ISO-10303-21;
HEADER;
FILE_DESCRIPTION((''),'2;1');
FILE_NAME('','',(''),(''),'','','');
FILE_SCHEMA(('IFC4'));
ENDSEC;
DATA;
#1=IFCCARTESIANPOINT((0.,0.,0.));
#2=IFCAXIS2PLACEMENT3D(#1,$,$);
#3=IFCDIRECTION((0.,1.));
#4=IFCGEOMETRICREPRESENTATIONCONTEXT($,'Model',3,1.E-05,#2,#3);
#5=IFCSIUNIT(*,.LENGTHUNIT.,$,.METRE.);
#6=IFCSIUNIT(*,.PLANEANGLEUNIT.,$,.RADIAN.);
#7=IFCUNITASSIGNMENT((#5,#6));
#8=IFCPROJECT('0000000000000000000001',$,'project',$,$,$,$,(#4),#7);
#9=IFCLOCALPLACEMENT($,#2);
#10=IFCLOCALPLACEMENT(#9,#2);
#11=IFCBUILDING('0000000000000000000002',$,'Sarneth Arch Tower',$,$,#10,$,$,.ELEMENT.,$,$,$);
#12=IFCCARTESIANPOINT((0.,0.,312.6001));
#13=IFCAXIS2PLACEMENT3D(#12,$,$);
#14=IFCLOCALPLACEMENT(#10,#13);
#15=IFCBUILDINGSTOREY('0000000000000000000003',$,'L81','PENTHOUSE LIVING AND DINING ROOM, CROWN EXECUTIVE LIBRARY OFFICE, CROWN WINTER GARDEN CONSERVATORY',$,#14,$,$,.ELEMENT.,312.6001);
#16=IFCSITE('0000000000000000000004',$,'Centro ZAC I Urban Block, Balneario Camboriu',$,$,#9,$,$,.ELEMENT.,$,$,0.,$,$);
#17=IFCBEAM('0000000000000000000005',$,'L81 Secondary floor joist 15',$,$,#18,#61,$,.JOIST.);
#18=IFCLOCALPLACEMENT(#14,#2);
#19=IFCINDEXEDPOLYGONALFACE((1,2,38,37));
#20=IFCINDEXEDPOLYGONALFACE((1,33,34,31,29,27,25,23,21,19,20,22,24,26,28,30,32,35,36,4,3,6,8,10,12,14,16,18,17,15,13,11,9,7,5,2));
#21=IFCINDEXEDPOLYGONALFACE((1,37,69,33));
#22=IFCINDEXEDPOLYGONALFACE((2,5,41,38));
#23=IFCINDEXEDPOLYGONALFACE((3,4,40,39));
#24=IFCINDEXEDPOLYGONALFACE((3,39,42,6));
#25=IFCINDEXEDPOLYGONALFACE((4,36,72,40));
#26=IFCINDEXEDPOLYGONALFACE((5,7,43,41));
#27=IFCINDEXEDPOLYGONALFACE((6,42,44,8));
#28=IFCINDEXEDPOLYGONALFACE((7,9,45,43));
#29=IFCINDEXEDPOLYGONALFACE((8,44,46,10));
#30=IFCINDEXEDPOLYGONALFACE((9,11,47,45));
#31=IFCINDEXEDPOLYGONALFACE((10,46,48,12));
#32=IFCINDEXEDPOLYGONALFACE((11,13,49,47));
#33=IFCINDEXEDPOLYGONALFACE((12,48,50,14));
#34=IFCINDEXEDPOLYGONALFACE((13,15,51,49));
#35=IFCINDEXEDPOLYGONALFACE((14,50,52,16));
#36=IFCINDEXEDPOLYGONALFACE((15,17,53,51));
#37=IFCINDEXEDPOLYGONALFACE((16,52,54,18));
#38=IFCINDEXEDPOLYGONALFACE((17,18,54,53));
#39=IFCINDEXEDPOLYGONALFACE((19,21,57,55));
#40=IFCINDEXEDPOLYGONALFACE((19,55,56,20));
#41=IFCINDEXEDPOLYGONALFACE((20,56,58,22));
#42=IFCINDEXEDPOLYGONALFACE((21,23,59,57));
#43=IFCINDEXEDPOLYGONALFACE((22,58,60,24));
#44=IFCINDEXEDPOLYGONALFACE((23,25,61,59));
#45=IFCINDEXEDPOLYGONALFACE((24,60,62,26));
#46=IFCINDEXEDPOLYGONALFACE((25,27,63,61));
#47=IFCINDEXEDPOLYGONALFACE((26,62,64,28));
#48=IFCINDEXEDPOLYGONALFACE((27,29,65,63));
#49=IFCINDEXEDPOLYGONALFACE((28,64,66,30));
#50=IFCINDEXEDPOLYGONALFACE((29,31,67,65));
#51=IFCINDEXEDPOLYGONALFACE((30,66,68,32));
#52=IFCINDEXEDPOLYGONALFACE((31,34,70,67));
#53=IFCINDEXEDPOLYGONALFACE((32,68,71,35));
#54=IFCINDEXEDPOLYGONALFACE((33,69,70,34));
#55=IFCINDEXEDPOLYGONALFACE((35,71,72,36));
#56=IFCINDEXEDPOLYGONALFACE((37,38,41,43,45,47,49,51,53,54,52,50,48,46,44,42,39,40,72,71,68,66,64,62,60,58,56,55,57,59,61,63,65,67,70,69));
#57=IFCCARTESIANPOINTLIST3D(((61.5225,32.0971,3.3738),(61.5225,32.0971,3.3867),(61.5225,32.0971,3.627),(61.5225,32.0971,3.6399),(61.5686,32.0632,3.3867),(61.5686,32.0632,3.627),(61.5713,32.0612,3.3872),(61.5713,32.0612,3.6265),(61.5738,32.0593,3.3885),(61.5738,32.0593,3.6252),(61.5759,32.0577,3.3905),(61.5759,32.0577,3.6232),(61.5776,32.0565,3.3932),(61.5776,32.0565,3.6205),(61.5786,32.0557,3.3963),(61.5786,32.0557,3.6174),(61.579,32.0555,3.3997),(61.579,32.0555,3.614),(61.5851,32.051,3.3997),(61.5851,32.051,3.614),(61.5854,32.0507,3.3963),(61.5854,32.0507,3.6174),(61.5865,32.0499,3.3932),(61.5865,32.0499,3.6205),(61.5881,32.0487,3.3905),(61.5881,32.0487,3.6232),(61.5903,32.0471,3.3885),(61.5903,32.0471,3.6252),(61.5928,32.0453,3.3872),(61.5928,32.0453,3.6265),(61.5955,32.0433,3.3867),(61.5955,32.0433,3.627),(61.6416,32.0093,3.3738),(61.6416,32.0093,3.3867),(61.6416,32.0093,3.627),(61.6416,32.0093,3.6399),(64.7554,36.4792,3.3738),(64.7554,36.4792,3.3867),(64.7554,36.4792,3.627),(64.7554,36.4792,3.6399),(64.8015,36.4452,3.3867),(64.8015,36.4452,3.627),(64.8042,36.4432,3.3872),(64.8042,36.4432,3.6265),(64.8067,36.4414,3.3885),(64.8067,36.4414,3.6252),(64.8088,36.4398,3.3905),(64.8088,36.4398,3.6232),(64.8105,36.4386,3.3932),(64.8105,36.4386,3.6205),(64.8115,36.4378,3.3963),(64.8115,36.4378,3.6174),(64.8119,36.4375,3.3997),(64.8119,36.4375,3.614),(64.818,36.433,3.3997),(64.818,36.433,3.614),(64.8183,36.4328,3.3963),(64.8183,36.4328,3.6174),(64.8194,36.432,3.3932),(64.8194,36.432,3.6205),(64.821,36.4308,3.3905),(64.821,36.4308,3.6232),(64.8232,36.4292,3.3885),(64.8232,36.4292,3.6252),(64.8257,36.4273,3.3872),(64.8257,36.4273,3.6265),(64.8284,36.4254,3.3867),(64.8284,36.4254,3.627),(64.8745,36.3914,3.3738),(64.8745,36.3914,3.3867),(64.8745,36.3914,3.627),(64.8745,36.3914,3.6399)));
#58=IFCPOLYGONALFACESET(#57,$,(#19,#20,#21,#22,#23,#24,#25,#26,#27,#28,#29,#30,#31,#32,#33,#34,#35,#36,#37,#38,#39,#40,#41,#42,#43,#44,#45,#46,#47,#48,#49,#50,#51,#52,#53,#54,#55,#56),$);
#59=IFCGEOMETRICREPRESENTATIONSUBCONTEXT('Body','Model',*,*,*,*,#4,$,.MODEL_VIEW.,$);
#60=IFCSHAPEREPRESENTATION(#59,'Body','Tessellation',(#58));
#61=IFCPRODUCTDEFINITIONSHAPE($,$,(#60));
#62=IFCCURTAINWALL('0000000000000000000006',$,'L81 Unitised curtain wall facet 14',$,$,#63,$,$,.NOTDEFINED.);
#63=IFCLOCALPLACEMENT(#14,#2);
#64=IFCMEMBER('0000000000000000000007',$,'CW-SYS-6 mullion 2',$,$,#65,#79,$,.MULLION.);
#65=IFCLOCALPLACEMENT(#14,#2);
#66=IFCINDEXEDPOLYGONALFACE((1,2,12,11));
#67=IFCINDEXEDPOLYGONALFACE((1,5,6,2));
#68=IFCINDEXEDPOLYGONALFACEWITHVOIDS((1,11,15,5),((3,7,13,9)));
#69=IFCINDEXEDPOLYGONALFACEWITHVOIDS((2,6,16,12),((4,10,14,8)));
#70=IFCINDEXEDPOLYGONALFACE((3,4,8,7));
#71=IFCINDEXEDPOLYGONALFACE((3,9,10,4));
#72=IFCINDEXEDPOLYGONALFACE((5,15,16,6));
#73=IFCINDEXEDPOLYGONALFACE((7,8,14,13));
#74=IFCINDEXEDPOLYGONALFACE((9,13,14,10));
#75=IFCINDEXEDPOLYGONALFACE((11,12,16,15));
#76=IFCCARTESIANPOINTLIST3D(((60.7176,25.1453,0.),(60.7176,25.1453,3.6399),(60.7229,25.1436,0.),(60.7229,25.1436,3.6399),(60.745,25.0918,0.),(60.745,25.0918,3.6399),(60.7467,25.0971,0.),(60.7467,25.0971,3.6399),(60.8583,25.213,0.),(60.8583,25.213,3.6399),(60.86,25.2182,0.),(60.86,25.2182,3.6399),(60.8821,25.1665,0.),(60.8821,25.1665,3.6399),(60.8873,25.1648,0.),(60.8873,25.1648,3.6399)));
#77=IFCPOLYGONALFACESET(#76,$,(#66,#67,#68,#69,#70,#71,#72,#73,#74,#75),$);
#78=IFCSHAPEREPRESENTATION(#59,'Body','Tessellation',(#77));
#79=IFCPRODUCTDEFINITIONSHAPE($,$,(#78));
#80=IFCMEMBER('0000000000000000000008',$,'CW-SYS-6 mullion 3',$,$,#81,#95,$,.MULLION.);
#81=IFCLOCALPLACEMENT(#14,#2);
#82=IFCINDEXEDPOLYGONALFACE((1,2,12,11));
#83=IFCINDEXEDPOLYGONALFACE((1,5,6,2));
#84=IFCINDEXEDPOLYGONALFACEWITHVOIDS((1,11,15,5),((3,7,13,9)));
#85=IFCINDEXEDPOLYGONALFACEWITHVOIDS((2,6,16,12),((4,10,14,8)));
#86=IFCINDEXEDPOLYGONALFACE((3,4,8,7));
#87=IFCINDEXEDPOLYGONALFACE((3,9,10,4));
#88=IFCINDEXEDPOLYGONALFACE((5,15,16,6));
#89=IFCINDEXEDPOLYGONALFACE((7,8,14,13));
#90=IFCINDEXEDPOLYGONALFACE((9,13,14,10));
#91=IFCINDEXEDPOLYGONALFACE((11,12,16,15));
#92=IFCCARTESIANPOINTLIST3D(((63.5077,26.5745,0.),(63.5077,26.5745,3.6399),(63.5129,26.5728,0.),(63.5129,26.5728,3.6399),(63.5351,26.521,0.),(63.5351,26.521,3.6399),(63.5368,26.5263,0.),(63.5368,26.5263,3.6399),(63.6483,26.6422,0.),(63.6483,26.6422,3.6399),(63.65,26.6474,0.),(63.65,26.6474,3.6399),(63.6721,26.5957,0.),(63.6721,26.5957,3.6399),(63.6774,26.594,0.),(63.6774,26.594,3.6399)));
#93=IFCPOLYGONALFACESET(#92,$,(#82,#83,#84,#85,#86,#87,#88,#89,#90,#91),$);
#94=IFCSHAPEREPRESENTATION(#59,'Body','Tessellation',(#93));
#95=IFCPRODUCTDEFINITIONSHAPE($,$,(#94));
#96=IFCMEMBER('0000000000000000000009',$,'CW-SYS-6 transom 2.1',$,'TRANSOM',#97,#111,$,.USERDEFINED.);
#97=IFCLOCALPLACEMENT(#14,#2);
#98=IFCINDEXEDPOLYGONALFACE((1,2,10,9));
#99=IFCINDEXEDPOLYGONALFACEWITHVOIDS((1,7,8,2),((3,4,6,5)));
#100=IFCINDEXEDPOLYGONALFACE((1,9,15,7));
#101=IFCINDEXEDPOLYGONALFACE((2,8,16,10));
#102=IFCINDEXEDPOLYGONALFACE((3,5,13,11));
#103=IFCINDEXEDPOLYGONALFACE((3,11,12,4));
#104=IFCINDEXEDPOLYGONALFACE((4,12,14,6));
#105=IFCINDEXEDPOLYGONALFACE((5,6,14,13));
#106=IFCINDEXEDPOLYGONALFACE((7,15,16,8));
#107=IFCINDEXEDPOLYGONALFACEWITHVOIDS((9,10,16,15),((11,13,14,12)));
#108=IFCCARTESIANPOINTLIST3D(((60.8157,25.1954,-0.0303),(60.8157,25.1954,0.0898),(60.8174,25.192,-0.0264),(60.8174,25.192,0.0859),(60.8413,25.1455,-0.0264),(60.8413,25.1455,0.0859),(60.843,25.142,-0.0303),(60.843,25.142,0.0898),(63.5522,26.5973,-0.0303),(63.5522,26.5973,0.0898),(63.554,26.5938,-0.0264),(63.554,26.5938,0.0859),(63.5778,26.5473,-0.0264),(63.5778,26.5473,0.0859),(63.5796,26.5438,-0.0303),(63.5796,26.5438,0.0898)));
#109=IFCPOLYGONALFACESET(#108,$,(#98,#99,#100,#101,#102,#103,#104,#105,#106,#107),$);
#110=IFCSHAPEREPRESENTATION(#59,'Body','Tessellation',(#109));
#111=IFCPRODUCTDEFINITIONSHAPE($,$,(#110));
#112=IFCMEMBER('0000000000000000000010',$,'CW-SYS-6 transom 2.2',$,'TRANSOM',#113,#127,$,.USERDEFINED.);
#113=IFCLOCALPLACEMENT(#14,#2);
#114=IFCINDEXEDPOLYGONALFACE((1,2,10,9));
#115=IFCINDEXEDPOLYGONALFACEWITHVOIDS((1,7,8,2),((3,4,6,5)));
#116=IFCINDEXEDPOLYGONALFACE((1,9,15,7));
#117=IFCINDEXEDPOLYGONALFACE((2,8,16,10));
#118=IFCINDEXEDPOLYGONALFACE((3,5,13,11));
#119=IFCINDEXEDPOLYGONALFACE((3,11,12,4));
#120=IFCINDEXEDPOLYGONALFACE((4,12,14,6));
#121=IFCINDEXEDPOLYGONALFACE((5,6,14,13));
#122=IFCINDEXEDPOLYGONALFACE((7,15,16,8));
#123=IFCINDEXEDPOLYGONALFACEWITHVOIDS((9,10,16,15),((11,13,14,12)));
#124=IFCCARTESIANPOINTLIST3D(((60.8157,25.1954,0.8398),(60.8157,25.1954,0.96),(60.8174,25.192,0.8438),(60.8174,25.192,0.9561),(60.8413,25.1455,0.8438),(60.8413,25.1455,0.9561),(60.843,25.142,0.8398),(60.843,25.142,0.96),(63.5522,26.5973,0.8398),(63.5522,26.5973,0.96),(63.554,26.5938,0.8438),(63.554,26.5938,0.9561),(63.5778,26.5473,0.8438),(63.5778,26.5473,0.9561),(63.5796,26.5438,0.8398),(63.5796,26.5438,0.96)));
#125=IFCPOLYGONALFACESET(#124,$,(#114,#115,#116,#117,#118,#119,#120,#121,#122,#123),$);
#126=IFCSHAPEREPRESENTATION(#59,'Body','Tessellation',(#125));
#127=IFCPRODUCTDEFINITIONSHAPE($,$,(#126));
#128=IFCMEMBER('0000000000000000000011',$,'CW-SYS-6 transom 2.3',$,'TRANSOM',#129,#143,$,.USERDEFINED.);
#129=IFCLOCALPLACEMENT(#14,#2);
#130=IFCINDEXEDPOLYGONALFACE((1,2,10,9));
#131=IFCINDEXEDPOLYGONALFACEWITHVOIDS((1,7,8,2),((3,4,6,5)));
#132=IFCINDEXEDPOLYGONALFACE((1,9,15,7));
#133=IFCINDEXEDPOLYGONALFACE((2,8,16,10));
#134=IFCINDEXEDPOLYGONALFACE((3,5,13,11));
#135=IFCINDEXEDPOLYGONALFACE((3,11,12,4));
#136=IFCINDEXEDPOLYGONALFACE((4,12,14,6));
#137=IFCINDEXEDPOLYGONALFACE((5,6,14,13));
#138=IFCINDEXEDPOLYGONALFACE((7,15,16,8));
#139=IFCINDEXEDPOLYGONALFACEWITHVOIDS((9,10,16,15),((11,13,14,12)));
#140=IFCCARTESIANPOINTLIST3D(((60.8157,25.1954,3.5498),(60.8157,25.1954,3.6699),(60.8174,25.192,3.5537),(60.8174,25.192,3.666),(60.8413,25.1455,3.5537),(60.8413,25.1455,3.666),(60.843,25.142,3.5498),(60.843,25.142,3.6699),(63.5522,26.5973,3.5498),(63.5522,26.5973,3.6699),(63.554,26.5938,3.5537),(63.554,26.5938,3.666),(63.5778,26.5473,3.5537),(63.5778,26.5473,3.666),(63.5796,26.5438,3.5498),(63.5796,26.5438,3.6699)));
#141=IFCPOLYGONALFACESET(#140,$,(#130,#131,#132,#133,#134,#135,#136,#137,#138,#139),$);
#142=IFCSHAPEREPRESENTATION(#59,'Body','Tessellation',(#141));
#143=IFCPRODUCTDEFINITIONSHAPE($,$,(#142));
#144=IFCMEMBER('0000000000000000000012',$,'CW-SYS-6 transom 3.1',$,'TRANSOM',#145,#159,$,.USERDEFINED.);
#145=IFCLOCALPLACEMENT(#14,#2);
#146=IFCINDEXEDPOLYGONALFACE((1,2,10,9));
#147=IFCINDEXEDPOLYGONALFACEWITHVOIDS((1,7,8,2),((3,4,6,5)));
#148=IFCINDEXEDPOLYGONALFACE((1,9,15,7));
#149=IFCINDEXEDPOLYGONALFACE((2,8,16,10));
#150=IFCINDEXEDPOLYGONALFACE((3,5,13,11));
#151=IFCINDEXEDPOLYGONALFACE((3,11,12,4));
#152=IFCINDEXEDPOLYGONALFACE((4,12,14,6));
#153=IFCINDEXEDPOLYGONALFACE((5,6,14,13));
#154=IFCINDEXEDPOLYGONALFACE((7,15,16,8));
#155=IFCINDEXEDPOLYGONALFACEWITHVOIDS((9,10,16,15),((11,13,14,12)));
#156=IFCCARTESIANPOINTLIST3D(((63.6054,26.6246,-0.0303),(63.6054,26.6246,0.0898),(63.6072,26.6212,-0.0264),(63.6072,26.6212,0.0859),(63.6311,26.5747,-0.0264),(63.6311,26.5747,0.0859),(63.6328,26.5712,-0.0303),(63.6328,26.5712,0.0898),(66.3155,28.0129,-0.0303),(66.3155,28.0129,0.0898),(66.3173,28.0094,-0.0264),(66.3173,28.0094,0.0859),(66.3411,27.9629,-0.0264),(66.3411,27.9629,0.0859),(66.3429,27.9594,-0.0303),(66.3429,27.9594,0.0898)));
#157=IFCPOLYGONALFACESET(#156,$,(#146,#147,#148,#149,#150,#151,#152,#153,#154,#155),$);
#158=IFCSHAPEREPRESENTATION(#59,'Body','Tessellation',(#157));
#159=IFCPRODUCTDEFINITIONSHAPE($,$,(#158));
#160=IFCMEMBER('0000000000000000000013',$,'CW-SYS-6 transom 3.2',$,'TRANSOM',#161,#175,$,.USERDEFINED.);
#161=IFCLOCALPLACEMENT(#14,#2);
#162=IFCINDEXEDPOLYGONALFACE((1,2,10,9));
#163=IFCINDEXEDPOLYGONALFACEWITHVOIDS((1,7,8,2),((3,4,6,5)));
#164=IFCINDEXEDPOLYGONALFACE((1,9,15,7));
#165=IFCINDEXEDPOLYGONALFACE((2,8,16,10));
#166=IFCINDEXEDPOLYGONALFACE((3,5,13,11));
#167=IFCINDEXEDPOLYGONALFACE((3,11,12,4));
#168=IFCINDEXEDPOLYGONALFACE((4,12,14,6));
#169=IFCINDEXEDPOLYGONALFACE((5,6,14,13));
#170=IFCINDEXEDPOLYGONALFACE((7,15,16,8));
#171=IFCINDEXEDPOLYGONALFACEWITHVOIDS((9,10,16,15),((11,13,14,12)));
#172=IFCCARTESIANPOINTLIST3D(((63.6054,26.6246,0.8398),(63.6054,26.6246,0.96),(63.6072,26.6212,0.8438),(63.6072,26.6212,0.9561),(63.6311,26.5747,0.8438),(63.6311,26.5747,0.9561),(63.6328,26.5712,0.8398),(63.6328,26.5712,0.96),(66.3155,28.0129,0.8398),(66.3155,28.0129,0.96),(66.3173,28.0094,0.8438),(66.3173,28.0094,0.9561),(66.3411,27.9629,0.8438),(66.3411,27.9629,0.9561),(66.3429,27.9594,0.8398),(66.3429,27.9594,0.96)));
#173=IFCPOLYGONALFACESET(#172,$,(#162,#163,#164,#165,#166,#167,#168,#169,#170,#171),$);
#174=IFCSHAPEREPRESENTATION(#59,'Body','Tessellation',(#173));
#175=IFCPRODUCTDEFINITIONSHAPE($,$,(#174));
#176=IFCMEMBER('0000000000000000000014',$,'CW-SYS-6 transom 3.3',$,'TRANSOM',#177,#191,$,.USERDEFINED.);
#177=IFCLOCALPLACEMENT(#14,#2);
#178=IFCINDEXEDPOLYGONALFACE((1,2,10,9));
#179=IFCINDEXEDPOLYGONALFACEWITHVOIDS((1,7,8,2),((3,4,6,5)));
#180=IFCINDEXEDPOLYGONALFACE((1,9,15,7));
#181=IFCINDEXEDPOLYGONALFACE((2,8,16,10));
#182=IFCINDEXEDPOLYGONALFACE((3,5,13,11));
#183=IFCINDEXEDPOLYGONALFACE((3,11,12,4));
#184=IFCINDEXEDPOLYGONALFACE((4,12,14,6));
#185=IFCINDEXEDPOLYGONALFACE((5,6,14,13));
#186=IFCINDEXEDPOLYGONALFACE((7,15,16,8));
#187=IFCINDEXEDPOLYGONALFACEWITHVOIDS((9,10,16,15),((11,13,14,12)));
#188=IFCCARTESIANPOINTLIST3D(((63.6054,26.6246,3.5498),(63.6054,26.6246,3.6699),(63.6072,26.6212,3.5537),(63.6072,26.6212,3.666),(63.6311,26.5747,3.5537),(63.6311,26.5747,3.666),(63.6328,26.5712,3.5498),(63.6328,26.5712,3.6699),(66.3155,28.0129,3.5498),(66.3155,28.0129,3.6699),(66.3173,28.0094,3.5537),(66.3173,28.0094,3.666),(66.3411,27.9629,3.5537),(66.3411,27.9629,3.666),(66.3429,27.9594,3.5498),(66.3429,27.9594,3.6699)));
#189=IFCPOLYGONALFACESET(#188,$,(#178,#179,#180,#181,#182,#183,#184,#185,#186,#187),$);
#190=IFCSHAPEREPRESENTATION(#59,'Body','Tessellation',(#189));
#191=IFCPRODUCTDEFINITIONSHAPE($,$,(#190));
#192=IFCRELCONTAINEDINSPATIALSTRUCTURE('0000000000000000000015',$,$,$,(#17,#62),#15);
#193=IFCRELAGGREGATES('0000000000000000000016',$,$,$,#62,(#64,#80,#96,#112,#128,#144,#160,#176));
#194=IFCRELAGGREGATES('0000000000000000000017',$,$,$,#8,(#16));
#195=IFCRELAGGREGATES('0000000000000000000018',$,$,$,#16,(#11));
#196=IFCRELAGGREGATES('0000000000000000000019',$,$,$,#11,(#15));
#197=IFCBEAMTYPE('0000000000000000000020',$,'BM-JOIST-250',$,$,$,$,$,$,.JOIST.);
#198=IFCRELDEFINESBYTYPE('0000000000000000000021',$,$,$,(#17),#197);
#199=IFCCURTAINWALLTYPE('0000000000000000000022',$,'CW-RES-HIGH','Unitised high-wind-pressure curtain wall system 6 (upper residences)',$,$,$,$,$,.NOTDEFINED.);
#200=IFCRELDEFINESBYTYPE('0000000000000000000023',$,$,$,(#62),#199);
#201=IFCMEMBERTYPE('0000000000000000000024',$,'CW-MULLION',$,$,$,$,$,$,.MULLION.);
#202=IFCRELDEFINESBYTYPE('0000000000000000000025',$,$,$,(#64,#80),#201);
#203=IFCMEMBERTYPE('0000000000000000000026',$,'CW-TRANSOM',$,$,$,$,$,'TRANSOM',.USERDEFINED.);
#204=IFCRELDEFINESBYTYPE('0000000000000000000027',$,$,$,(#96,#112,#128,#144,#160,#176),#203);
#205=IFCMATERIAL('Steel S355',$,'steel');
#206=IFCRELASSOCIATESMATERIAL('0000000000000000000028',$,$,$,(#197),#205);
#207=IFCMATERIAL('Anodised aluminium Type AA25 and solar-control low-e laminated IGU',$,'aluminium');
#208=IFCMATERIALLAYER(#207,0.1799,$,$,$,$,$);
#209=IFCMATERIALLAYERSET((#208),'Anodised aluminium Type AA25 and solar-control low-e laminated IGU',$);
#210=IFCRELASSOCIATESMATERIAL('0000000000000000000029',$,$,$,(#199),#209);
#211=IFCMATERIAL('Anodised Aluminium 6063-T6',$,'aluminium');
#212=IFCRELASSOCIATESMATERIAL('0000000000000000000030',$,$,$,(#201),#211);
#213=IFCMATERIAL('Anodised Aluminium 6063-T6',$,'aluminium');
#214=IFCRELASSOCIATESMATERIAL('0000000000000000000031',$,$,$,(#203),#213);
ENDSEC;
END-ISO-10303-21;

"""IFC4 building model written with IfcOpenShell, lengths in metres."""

from ifc_helpers import new_model, si_unit, direction, frame, origin, origin_2d, place, context, subcontext, project, spatial, hollow_rectangle, i_section, extrude, material, layer, layer_set, material_profile, profile_set, type_object, element, aggregate, save


model = new_model("IFC4")

# Units and contexts
model_context = context("Model", 3, precision=1e-05, world=origin(), true_north=direction((0.0, 1.0)))
body_context = subcontext(model_context, "Body", "Model", "MODEL_VIEW")
ifc_project = project(units=[si_unit("LENGTHUNIT", "METRE"), si_unit("PLANEANGLEUNIT", "RADIAN")], contexts=[model_context])

# Site, building, storey
site_placement = place(None, origin())
site = spatial("IfcSite", under=ifc_project, at=site_placement, Name="Centro ZAC I Urban Block, Balneario Camboriu", CompositionType="ELEMENT", RefElevation=0.0)
building_placement = place(site_placement, origin())
building = spatial("IfcBuilding", under=site, at=building_placement, Name="Sarneth Arch Tower", CompositionType="ELEMENT")
storey_placement = place(building_placement, frame((0.0, 0.0, 312.6001)))
storey = spatial("IfcBuildingStorey", under=building, at=storey_placement, Name="L81", Description="PENTHOUSE LIVING AND DINING ROOM, CROWN EXECUTIVE LIBRARY OFFICE, CROWN WINTER GARDEN CONSERVATORY", CompositionType="ELEMENT", Elevation=312.6001)

# Beam
ifc_material_1 = material(Name="Steel S355", Category="steel")
ifc_material_profile_1 = material_profile(ifc_material_1, i_section(OverallWidth=0.1479, OverallDepth=0.2661, WebThickness=0.0076, FlangeThickness=0.0129, FilletRadius=0.0129, at=origin_2d()), Name="W250x44.8")
ifc_profile_set_1 = profile_set([ifc_material_profile_1], Name="Steel S355")
beam_type = type_object("IfcBeamType", Name="BM-JOIST-250", PredefinedType="JOIST", material=ifc_profile_set_1)
beam_placement = place(storey_placement, frame((61.582, 32.0532, 3.5068), z_axis=(0.593676, 0.804704, 0.0), x_axis=(-0.804704, 0.593676, 0.0)))
element("IfcBeam", 1, at=beam_placement, inside=storey, type_object=beam_type, Name="L81 Secondary floor joist 15", PredefinedType="JOIST", context=body_context, shape_type="SweptSolid", body=[
    extrude(i_section(OverallWidth=0.1479, OverallDepth=0.2661, WebThickness=0.0076, FlangeThickness=0.0129, FilletRadius=0.0129, at=origin_2d()), origin(), (0.0, 0.0, 1.0), 5.4456),
])

# Curtain wall, members
ifc_material_2 = material(Name="Anodised aluminium Type AA25 and solar-control low-e laminated IGU", Category="aluminium")
ifc_layer_1 = layer(ifc_material_2, 0.1799)
ifc_layer_set_1 = layer_set([ifc_layer_1], Name="Anodised aluminium Type AA25 and solar-control low-e laminated IGU")
curtain_wall_type = type_object("IfcCurtainWallType", Name="CW-RES-HIGH", Description="Unitised high-wind-pressure curtain wall system 6 (upper residences)", PredefinedType="NOTDEFINED", material=ifc_layer_set_1)
curtain_wall_placement = place(storey_placement, origin())
curtain_wall = element("IfcCurtainWall", 2, at=curtain_wall_placement, inside=storey, type_object=curtain_wall_type, Name="L81 Unitised curtain wall facet 14", PredefinedType="NOTDEFINED")
ifc_material_3 = material(Name="Anodised Aluminium 6063-T6", Category="aluminium")
ifc_material_profile_2 = material_profile(ifc_material_3, hollow_rectangle(XDim=0.0601, YDim=0.1599, WallThickness=0.0039, at=origin_2d()), Name="AL-MULL-160x60x4")
ifc_profile_set_2 = profile_set([ifc_material_profile_2], Name="Anodised Aluminium 6063-T6")
member_type_1 = type_object("IfcMemberType", Name="CW-MULLION", PredefinedType="MULLION", material=ifc_profile_set_2)
member_1_placement = place(storey_placement, frame((60.8025, 25.155, 0.0), z_axis=(0.0, 0.0, 1.0), x_axis=(-0.455942, 0.89001, 0.0)))
member_1 = element("IfcMember", 3, at=member_1_placement, type_object=member_type_1, Name="CW-SYS-6 mullion 2", PredefinedType="MULLION", context=body_context, shape_type="SweptSolid", body=[
    extrude(hollow_rectangle(XDim=0.0601, YDim=0.1599, WallThickness=0.0039, at=origin_2d()), origin(), (0.0, 0.0, 1.0), 3.6399),
])
member_2_placement = place(storey_placement, frame((63.5925, 26.5842, 0.0), z_axis=(0.0, 0.0, 1.0), x_axis=(-0.455942, 0.89001, 0.0)))
member_2 = element("IfcMember", 4, at=member_2_placement, type_object=member_type_1, Name="CW-SYS-6 mullion 3", PredefinedType="MULLION", context=body_context, shape_type="SweptSolid", body=[
    extrude(hollow_rectangle(XDim=0.0601, YDim=0.1599, WallThickness=0.0039, at=origin_2d()), origin(), (0.0, 0.0, 1.0), 3.6399),
])
ifc_material_4 = material(Name="Anodised Aluminium 6063-T6", Category="aluminium")
ifc_material_profile_3 = material_profile(ifc_material_4, hollow_rectangle(XDim=0.0601, YDim=0.1201, WallThickness=0.0039, at=origin_2d()), Name="AL-TRAN-120x60x4")
ifc_profile_set_3 = profile_set([ifc_material_profile_3], Name="Anodised Aluminium 6063-T6")
member_type_2 = type_object("IfcMemberType", Name="CW-TRANSOM", ElementType="TRANSOM", PredefinedType="USERDEFINED", material=ifc_profile_set_3)
member_3_placement = place(storey_placement, frame((60.8293, 25.1687, 0.0298), z_axis=(0.890017, 0.455926, 0.0), x_axis=(-0.455926, 0.890017, 0.0)))
member_3 = element("IfcMember", 5, at=member_3_placement, type_object=member_type_2, Name="CW-SYS-6 transom 2.1", ObjectType="TRANSOM", PredefinedType="USERDEFINED", context=body_context, shape_type="SweptSolid", body=[
    extrude(hollow_rectangle(XDim=0.0601, YDim=0.1201, WallThickness=0.0039, at=origin_2d()), origin(), (0.0, 0.0, 1.0), 3.0747),
])
member_4_placement = place(storey_placement, frame((60.8293, 25.1687, 0.8999), z_axis=(0.890017, 0.455926, 0.0), x_axis=(-0.455926, 0.890017, 0.0)))
member_4 = element("IfcMember", 6, at=member_4_placement, type_object=member_type_2, Name="CW-SYS-6 transom 2.2", ObjectType="TRANSOM", PredefinedType="USERDEFINED", context=body_context, shape_type="SweptSolid", body=[
    extrude(hollow_rectangle(XDim=0.0601, YDim=0.1201, WallThickness=0.0039, at=origin_2d()), origin(), (0.0, 0.0, 1.0), 3.0747),
])
member_5_placement = place(storey_placement, frame((60.8293, 25.1687, 3.6099), z_axis=(0.890017, 0.455926, 0.0), x_axis=(-0.455926, 0.890017, 0.0)))
member_5 = element("IfcMember", 7, at=member_5_placement, type_object=member_type_2, Name="CW-SYS-6 transom 2.3", ObjectType="TRANSOM", PredefinedType="USERDEFINED", context=body_context, shape_type="SweptSolid", body=[
    extrude(hollow_rectangle(XDim=0.0601, YDim=0.1201, WallThickness=0.0039, at=origin_2d()), origin(), (0.0, 0.0, 1.0), 3.0747),
])
member_6_placement = place(storey_placement, frame((63.6191, 26.5979, 0.0298), z_axis=(0.890023, 0.455916, 0.0), x_axis=(-0.455916, 0.890023, 0.0)))
member_6 = element("IfcMember", 8, at=member_6_placement, type_object=member_type_2, Name="CW-SYS-6 transom 3.1", ObjectType="TRANSOM", PredefinedType="USERDEFINED", context=body_context, shape_type="SweptSolid", body=[
    extrude(hollow_rectangle(XDim=0.0601, YDim=0.1201, WallThickness=0.0039, at=origin_2d()), origin(), (0.0, 0.0, 1.0), 3.0449),
])
member_7_placement = place(storey_placement, frame((63.6191, 26.5979, 0.8999), z_axis=(0.890023, 0.455916, 0.0), x_axis=(-0.455916, 0.890023, 0.0)))
member_7 = element("IfcMember", 9, at=member_7_placement, type_object=member_type_2, Name="CW-SYS-6 transom 3.2", ObjectType="TRANSOM", PredefinedType="USERDEFINED", context=body_context, shape_type="SweptSolid", body=[
    extrude(hollow_rectangle(XDim=0.0601, YDim=0.1201, WallThickness=0.0039, at=origin_2d()), origin(), (0.0, 0.0, 1.0), 3.0449),
])
member_8_placement = place(storey_placement, frame((63.6191, 26.5979, 3.6099), z_axis=(0.890023, 0.455916, 0.0), x_axis=(-0.455916, 0.890023, 0.0)))
member_8 = element("IfcMember", 10, at=member_8_placement, type_object=member_type_2, Name="CW-SYS-6 transom 3.3", ObjectType="TRANSOM", PredefinedType="USERDEFINED", context=body_context, shape_type="SweptSolid", body=[
    extrude(hollow_rectangle(XDim=0.0601, YDim=0.1201, WallThickness=0.0039, at=origin_2d()), origin(), (0.0, 0.0, 1.0), 3.0449),
])
aggregate(curtain_wall, [member_1, member_2, member_3, member_4, member_5, member_6, member_7, member_8])

save(model, "model.ifc")
